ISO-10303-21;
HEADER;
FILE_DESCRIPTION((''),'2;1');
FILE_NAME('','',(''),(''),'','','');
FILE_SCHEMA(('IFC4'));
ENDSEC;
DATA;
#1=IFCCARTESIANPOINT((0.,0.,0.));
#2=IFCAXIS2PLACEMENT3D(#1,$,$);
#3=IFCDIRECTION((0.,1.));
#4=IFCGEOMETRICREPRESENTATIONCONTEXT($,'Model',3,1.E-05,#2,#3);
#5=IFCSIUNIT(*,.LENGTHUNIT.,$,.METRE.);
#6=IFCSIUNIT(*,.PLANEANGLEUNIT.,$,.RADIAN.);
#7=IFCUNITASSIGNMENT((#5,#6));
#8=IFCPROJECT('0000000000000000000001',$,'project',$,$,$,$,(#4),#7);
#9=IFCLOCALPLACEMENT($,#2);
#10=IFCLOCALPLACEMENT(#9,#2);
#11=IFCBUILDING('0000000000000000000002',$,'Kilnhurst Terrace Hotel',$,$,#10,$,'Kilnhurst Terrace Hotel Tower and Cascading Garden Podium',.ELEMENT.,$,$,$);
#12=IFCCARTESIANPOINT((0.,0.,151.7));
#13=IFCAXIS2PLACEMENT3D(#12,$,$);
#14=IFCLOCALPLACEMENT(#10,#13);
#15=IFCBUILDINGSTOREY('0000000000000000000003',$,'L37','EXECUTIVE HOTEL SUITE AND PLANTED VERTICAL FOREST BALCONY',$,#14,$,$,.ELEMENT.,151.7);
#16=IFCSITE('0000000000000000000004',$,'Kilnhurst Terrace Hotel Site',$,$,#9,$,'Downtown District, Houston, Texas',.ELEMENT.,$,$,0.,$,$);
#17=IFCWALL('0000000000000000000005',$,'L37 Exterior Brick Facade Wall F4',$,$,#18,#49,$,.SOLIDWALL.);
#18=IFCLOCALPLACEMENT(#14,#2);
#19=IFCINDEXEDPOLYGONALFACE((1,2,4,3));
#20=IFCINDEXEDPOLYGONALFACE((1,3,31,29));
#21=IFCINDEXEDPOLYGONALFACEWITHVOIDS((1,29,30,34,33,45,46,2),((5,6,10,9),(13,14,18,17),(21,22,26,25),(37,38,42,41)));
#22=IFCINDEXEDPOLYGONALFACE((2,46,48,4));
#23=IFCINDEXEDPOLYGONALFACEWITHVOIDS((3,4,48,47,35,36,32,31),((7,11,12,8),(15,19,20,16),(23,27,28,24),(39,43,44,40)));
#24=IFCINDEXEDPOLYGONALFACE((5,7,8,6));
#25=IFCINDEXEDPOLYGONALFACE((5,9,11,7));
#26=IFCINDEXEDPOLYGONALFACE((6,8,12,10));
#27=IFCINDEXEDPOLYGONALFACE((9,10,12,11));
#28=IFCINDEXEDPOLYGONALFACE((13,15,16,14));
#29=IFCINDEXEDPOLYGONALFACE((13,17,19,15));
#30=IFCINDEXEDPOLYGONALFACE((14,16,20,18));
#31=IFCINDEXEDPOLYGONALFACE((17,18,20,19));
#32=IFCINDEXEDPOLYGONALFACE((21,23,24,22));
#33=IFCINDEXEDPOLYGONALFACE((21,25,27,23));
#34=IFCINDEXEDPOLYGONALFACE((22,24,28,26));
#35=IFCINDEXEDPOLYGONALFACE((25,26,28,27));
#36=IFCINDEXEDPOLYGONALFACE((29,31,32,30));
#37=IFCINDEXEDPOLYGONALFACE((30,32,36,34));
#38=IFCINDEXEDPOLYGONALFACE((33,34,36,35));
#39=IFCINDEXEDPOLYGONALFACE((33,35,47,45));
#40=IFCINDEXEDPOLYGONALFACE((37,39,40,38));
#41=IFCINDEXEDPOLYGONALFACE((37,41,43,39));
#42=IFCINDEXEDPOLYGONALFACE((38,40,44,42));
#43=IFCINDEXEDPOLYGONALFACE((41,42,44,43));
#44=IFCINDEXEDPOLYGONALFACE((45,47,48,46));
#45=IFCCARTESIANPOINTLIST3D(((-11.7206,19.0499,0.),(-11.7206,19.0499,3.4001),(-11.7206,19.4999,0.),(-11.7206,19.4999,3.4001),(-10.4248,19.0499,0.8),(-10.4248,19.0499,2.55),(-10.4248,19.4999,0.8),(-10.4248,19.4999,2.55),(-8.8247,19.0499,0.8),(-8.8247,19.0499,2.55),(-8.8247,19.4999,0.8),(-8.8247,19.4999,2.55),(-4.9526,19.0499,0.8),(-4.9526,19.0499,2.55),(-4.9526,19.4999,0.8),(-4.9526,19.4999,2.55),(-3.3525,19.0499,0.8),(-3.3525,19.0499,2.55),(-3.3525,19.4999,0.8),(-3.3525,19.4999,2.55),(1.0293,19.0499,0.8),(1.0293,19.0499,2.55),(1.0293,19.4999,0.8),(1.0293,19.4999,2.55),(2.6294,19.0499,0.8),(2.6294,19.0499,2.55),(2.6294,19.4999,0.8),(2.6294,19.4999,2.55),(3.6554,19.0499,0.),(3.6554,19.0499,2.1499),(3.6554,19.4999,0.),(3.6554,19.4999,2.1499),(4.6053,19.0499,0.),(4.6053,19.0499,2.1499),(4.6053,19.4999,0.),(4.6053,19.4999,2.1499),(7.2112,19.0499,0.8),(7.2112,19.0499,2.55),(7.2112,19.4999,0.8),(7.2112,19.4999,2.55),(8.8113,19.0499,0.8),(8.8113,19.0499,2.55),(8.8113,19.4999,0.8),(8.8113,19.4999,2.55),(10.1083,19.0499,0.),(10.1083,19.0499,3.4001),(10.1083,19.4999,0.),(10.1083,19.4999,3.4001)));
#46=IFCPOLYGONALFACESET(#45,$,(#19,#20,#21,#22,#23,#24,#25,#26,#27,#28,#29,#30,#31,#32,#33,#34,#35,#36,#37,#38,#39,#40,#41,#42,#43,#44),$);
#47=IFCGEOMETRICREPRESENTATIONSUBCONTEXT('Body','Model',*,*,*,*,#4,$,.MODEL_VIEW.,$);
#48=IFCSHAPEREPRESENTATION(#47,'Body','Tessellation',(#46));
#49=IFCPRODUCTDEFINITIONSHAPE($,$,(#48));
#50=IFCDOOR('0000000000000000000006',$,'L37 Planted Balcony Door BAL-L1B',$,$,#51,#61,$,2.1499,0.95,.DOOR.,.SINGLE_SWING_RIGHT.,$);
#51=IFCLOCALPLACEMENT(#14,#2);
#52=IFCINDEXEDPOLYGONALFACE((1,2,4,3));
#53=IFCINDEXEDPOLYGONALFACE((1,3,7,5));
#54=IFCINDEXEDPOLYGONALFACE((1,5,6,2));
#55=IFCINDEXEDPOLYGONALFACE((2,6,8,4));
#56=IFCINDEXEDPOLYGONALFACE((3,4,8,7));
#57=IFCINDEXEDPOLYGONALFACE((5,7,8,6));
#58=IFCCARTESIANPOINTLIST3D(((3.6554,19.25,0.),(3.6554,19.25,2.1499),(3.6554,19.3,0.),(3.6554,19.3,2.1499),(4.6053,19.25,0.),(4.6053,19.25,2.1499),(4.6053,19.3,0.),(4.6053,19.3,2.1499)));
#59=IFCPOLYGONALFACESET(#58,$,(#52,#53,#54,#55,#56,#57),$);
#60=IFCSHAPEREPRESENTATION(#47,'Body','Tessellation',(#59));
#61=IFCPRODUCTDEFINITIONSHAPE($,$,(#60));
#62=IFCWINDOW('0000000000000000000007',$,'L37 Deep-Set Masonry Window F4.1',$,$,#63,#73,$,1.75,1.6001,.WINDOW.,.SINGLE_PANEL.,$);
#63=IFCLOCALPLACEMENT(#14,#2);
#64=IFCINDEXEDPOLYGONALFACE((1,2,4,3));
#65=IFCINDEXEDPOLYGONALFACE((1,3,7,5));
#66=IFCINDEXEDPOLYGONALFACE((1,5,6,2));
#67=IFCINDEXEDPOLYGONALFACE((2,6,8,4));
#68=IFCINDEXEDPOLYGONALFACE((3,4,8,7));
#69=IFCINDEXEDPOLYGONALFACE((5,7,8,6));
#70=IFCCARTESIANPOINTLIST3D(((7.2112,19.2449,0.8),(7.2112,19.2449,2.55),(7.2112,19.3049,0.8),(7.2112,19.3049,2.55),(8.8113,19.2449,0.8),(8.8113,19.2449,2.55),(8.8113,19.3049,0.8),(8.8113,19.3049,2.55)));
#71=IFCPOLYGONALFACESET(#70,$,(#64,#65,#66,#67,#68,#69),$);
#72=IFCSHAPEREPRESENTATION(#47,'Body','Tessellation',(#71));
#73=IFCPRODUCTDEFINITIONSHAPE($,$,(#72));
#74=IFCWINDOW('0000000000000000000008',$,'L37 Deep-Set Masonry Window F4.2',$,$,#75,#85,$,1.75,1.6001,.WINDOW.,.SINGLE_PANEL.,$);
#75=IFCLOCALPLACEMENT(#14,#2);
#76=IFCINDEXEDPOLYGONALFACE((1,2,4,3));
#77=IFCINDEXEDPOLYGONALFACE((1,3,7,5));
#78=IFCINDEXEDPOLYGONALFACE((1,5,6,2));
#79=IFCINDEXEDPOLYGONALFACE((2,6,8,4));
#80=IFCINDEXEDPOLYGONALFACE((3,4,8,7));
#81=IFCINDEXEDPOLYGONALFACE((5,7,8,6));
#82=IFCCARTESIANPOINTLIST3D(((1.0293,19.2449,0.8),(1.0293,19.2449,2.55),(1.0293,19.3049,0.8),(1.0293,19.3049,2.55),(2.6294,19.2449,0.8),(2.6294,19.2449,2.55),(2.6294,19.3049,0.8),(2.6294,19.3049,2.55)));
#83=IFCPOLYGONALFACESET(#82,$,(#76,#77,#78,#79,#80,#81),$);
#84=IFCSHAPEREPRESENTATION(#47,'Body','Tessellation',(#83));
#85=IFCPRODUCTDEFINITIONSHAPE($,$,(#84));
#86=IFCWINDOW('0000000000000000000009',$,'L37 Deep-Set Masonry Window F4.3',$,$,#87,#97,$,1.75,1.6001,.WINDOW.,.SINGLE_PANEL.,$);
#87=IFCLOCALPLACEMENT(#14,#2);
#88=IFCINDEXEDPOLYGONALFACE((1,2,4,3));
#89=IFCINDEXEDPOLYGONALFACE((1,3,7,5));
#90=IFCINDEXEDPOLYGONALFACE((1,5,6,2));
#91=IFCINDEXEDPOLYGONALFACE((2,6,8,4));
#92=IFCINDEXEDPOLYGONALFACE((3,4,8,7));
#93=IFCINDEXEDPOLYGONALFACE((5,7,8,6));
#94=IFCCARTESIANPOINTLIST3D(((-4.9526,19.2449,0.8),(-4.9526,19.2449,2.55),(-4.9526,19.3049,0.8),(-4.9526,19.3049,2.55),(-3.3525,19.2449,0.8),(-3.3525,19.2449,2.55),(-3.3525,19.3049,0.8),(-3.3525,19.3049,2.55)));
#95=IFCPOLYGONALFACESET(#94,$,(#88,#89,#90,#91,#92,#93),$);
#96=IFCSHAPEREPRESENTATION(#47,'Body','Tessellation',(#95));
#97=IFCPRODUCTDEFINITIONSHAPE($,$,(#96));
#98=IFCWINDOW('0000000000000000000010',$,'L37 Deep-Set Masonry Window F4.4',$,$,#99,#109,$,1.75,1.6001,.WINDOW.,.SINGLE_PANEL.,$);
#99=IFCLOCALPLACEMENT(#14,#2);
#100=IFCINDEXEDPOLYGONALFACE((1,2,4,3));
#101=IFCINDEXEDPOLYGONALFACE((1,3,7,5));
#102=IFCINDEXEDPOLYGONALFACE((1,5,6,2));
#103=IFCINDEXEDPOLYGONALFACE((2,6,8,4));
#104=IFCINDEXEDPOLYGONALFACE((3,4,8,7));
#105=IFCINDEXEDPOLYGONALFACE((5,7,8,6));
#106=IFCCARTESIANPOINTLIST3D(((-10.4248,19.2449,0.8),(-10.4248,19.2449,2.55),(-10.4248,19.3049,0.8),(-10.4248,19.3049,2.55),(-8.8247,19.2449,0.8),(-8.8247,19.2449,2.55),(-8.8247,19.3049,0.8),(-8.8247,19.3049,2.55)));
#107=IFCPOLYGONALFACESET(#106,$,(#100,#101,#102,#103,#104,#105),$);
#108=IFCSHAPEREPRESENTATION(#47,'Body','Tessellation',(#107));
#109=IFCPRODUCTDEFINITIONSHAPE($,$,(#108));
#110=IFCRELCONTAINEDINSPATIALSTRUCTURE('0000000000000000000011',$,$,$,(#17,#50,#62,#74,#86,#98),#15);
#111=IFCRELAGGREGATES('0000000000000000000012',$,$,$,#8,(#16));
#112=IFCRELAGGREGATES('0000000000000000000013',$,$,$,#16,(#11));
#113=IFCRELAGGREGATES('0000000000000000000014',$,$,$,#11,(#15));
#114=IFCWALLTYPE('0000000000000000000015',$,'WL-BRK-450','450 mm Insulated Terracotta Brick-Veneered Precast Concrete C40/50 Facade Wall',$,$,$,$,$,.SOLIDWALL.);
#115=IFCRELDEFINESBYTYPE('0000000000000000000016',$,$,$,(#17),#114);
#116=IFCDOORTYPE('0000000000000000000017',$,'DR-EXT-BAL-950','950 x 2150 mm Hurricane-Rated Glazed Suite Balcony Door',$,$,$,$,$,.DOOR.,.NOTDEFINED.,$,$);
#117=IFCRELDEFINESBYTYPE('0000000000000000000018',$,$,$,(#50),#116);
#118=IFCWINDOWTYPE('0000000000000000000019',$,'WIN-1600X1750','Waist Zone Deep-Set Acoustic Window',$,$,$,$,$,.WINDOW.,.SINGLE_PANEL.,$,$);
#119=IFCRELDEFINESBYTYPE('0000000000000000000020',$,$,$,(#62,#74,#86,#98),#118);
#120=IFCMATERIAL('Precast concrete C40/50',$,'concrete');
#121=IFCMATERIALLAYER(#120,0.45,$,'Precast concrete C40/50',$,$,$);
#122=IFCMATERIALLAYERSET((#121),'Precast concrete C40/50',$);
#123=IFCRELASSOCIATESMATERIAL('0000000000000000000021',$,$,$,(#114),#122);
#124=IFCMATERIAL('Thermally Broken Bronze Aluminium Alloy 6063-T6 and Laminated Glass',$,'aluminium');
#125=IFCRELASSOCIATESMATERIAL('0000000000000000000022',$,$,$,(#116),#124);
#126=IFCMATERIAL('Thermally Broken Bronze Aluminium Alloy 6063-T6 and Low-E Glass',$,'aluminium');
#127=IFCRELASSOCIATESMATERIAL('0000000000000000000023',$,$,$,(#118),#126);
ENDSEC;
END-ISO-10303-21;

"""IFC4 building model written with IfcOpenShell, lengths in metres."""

from ifc_helpers import new_model, si_unit, direction, frame, frame_2d, origin, place, context, subcontext, project, spatial, rectangle, extrude, material, layer, layer_set, type_object, element, fill, save


model = new_model("IFC4")

# Units and contexts
model_context = context("Model", 3, precision=1e-05, world=origin(), true_north=direction((0.0, 1.0)))
body_context = subcontext(model_context, "Body", "Model", "MODEL_VIEW")
ifc_project = project(units=[si_unit("LENGTHUNIT", "METRE"), si_unit("PLANEANGLEUNIT", "RADIAN")], contexts=[model_context])

# Site, building, storey
site_placement = place(None, origin())
site = spatial("IfcSite", under=ifc_project, at=site_placement, Name="Kilnhurst Terrace Hotel Site", LongName="Downtown District, Houston, Texas", CompositionType="ELEMENT", RefElevation=0.0)
building_placement = place(site_placement, origin())
building = spatial("IfcBuilding", under=site, at=building_placement, Name="Kilnhurst Terrace Hotel", LongName="Kilnhurst Terrace Hotel Tower and Cascading Garden Podium", CompositionType="ELEMENT")
storey_placement = place(building_placement, frame((0.0, 0.0, 151.7)))
storey = spatial("IfcBuildingStorey", under=building, at=storey_placement, Name="L37", Description="EXECUTIVE HOTEL SUITE AND PLANTED VERTICAL FOREST BALCONY", CompositionType="ELEMENT", Elevation=151.7)

# Shared definitions
ifc_material_1 = material(Name="Precast concrete C40/50", Category="concrete")
ifc_layer_1 = layer(ifc_material_1, 0.45, Name="Precast concrete C40/50")
ifc_layer_set_1 = layer_set([ifc_layer_1], Name="Precast concrete C40/50")
wall_type_1 = type_object("IfcWallType", Name="WL-BRK-450", Description="450 mm Insulated Terracotta Brick-Veneered Precast Concrete C40/50 Facade Wall", PredefinedType="SOLIDWALL", material=ifc_layer_set_1)

# Wall, openings, door, windows
wall_1_placement = place(storey_placement, frame((10.1084, 19.2749, 0.0), z_axis=(0.0, 0.0, 1.0), x_axis=(-1.0, 0.0, 0.0)))
wall_1 = element("IfcWall", 1, at=wall_1_placement, inside=storey, type_object=wall_type_1, Name="L37 Exterior Brick Facade Wall F4", PredefinedType="SOLIDWALL", context=body_context, shape_type="SweptSolid", body=[
    extrude(rectangle(XDim=21.8289, YDim=0.45, at=frame_2d((10.9146, 0.0))), origin(), (0.0, 0.0, 1.0), 3.4001),
])
opening_1_placement = place(wall_1_placement, frame((5.5029, 0.0, 0.0)))
opening_1 = element("IfcOpeningElement", 2, at=opening_1_placement, cuts=wall_1, PredefinedType="OPENING", context=body_context, shape_type="SweptSolid", body=[
    extrude(rectangle(XDim=0.95, YDim=2.1499, at=frame_2d((0.4751, 1.075))), frame((0.0, 0.2349, 0.0), z_axis=(0.0, -1.0, 0.0), x_axis=(1.0, 0.0, 0.0)), (0.0, 0.0, 1.0), 0.47),
])
opening_2_placement = place(wall_1_placement, frame((1.2971, 0.0, 0.8)))
opening_2 = element("IfcOpeningElement", 3, at=opening_2_placement, cuts=wall_1, PredefinedType="OPENING", context=body_context, shape_type="SweptSolid", body=[
    extrude(rectangle(XDim=1.6001, YDim=1.75, at=frame_2d((0.8, 0.875))), frame((0.0, 0.2349, 0.0), z_axis=(0.0, -1.0, 0.0), x_axis=(1.0, 0.0, 0.0)), (0.0, 0.0, 1.0), 0.47),
])
opening_3_placement = place(wall_1_placement, frame((7.479, 0.0, 0.8)))
opening_3 = element("IfcOpeningElement", 4, at=opening_3_placement, cuts=wall_1, PredefinedType="OPENING", context=body_context, shape_type="SweptSolid", body=[
    extrude(rectangle(XDim=1.6001, YDim=1.75, at=frame_2d((0.8, 0.875))), frame((0.0, 0.2349, 0.0), z_axis=(0.0, -1.0, 0.0), x_axis=(1.0, 0.0, 0.0)), (0.0, 0.0, 1.0), 0.47),
])
opening_4_placement = place(wall_1_placement, frame((13.4609, 0.0, 0.8)))
opening_4 = element("IfcOpeningElement", 5, at=opening_4_placement, cuts=wall_1, PredefinedType="OPENING", context=body_context, shape_type="SweptSolid", body=[
    extrude(rectangle(XDim=1.6001, YDim=1.75, at=frame_2d((0.8, 0.875))), frame((0.0, 0.2349, 0.0), z_axis=(0.0, -1.0, 0.0), x_axis=(1.0, 0.0, 0.0)), (0.0, 0.0, 1.0), 0.47),
])
opening_5_placement = place(wall_1_placement, frame((18.9331, 0.0, 0.8)))
opening_5 = element("IfcOpeningElement", 6, at=opening_5_placement, cuts=wall_1, PredefinedType="OPENING", context=body_context, shape_type="SweptSolid", body=[
    extrude(rectangle(XDim=1.6001, YDim=1.75, at=frame_2d((0.8, 0.875))), frame((0.0, 0.2349, 0.0), z_axis=(0.0, -1.0, 0.0), x_axis=(1.0, 0.0, 0.0)), (0.0, 0.0, 1.0), 0.47),
])
ifc_material_2 = material(Name="Thermally Broken Bronze Aluminium Alloy 6063-T6 and Laminated Glass", Category="aluminium")
door_type_1 = type_object("IfcDoorType", Name="DR-EXT-BAL-950", Description="950 x 2150 mm Hurricane-Rated Glazed Suite Balcony Door", OperationType="NOTDEFINED", PredefinedType="DOOR", material=ifc_material_2)
door_1_placement = place(opening_1_placement, origin())
door_1 = element("IfcDoor", 7, at=door_1_placement, inside=storey, type_object=door_type_1, Name="L37 Planted Balcony Door BAL-L1B", OperationType="SINGLE_SWING_RIGHT", OverallHeight=2.1499, OverallWidth=0.95, PredefinedType="DOOR", context=body_context, shape_type="SweptSolid", body=[
    extrude(rectangle(XDim=0.95, YDim=2.1499, at=frame_2d((0.4751, 1.075))), frame((0.0, 0.0249, 0.0), z_axis=(0.0, -1.0, 0.0), x_axis=(1.0, 0.0, 0.0)), (0.0, 0.0, 1.0), 0.05),
])
fill(opening_1, door_1)
ifc_material_3 = material(Name="Thermally Broken Bronze Aluminium Alloy 6063-T6 and Low-E Glass", Category="aluminium")
window_type = type_object("IfcWindowType", Name="WIN-1600X1750", Description="Waist Zone Deep-Set Acoustic Window", PartitioningType="SINGLE_PANEL", PredefinedType="WINDOW", material=ifc_material_3)
window_1_placement = place(opening_2_placement, origin())
window_1 = element("IfcWindow", 8, at=window_1_placement, inside=storey, type_object=window_type, Name="L37 Deep-Set Masonry Window F4.1", OverallHeight=1.75, OverallWidth=1.6001, PartitioningType="SINGLE_PANEL", PredefinedType="WINDOW", context=body_context, shape_type="SweptSolid", body=[
    extrude(rectangle(XDim=1.6001, YDim=1.75, at=frame_2d((0.8, 0.875))), frame((0.0, 0.03, 0.0), z_axis=(0.0, -1.0, 0.0), x_axis=(1.0, 0.0, 0.0)), (0.0, 0.0, 1.0), 0.0601),
])
fill(opening_2, window_1)
window_2_placement = place(opening_3_placement, origin())
window_2 = element("IfcWindow", 9, at=window_2_placement, inside=storey, type_object=window_type, Name="L37 Deep-Set Masonry Window F4.2", OverallHeight=1.75, OverallWidth=1.6001, PartitioningType="SINGLE_PANEL", PredefinedType="WINDOW", context=body_context, shape_type="SweptSolid", body=[
    extrude(rectangle(XDim=1.6001, YDim=1.75, at=frame_2d((0.8, 0.875))), frame((0.0, 0.03, 0.0), z_axis=(0.0, -1.0, 0.0), x_axis=(1.0, 0.0, 0.0)), (0.0, 0.0, 1.0), 0.0601),
])
fill(opening_3, window_2)
window_3_placement = place(opening_4_placement, origin())
window_3 = element("IfcWindow", 10, at=window_3_placement, inside=storey, type_object=window_type, Name="L37 Deep-Set Masonry Window F4.3", OverallHeight=1.75, OverallWidth=1.6001, PartitioningType="SINGLE_PANEL", PredefinedType="WINDOW", context=body_context, shape_type="SweptSolid", body=[
    extrude(rectangle(XDim=1.6001, YDim=1.75, at=frame_2d((0.8, 0.875))), frame((0.0, 0.03, 0.0), z_axis=(0.0, -1.0, 0.0), x_axis=(1.0, 0.0, 0.0)), (0.0, 0.0, 1.0), 0.0601),
])
fill(opening_4, window_3)
window_4_placement = place(opening_5_placement, origin())
window_4 = element("IfcWindow", 11, at=window_4_placement, inside=storey, type_object=window_type, Name="L37 Deep-Set Masonry Window F4.4", OverallHeight=1.75, OverallWidth=1.6001, PartitioningType="SINGLE_PANEL", PredefinedType="WINDOW", context=body_context, shape_type="SweptSolid", body=[
    extrude(rectangle(XDim=1.6001, YDim=1.75, at=frame_2d((0.8, 0.875))), frame((0.0, 0.03, 0.0), z_axis=(0.0, -1.0, 0.0), x_axis=(1.0, 0.0, 0.0)), (0.0, 0.0, 1.0), 0.0601),
])
fill(opening_5, window_4)

save(model, "model.ifc")
